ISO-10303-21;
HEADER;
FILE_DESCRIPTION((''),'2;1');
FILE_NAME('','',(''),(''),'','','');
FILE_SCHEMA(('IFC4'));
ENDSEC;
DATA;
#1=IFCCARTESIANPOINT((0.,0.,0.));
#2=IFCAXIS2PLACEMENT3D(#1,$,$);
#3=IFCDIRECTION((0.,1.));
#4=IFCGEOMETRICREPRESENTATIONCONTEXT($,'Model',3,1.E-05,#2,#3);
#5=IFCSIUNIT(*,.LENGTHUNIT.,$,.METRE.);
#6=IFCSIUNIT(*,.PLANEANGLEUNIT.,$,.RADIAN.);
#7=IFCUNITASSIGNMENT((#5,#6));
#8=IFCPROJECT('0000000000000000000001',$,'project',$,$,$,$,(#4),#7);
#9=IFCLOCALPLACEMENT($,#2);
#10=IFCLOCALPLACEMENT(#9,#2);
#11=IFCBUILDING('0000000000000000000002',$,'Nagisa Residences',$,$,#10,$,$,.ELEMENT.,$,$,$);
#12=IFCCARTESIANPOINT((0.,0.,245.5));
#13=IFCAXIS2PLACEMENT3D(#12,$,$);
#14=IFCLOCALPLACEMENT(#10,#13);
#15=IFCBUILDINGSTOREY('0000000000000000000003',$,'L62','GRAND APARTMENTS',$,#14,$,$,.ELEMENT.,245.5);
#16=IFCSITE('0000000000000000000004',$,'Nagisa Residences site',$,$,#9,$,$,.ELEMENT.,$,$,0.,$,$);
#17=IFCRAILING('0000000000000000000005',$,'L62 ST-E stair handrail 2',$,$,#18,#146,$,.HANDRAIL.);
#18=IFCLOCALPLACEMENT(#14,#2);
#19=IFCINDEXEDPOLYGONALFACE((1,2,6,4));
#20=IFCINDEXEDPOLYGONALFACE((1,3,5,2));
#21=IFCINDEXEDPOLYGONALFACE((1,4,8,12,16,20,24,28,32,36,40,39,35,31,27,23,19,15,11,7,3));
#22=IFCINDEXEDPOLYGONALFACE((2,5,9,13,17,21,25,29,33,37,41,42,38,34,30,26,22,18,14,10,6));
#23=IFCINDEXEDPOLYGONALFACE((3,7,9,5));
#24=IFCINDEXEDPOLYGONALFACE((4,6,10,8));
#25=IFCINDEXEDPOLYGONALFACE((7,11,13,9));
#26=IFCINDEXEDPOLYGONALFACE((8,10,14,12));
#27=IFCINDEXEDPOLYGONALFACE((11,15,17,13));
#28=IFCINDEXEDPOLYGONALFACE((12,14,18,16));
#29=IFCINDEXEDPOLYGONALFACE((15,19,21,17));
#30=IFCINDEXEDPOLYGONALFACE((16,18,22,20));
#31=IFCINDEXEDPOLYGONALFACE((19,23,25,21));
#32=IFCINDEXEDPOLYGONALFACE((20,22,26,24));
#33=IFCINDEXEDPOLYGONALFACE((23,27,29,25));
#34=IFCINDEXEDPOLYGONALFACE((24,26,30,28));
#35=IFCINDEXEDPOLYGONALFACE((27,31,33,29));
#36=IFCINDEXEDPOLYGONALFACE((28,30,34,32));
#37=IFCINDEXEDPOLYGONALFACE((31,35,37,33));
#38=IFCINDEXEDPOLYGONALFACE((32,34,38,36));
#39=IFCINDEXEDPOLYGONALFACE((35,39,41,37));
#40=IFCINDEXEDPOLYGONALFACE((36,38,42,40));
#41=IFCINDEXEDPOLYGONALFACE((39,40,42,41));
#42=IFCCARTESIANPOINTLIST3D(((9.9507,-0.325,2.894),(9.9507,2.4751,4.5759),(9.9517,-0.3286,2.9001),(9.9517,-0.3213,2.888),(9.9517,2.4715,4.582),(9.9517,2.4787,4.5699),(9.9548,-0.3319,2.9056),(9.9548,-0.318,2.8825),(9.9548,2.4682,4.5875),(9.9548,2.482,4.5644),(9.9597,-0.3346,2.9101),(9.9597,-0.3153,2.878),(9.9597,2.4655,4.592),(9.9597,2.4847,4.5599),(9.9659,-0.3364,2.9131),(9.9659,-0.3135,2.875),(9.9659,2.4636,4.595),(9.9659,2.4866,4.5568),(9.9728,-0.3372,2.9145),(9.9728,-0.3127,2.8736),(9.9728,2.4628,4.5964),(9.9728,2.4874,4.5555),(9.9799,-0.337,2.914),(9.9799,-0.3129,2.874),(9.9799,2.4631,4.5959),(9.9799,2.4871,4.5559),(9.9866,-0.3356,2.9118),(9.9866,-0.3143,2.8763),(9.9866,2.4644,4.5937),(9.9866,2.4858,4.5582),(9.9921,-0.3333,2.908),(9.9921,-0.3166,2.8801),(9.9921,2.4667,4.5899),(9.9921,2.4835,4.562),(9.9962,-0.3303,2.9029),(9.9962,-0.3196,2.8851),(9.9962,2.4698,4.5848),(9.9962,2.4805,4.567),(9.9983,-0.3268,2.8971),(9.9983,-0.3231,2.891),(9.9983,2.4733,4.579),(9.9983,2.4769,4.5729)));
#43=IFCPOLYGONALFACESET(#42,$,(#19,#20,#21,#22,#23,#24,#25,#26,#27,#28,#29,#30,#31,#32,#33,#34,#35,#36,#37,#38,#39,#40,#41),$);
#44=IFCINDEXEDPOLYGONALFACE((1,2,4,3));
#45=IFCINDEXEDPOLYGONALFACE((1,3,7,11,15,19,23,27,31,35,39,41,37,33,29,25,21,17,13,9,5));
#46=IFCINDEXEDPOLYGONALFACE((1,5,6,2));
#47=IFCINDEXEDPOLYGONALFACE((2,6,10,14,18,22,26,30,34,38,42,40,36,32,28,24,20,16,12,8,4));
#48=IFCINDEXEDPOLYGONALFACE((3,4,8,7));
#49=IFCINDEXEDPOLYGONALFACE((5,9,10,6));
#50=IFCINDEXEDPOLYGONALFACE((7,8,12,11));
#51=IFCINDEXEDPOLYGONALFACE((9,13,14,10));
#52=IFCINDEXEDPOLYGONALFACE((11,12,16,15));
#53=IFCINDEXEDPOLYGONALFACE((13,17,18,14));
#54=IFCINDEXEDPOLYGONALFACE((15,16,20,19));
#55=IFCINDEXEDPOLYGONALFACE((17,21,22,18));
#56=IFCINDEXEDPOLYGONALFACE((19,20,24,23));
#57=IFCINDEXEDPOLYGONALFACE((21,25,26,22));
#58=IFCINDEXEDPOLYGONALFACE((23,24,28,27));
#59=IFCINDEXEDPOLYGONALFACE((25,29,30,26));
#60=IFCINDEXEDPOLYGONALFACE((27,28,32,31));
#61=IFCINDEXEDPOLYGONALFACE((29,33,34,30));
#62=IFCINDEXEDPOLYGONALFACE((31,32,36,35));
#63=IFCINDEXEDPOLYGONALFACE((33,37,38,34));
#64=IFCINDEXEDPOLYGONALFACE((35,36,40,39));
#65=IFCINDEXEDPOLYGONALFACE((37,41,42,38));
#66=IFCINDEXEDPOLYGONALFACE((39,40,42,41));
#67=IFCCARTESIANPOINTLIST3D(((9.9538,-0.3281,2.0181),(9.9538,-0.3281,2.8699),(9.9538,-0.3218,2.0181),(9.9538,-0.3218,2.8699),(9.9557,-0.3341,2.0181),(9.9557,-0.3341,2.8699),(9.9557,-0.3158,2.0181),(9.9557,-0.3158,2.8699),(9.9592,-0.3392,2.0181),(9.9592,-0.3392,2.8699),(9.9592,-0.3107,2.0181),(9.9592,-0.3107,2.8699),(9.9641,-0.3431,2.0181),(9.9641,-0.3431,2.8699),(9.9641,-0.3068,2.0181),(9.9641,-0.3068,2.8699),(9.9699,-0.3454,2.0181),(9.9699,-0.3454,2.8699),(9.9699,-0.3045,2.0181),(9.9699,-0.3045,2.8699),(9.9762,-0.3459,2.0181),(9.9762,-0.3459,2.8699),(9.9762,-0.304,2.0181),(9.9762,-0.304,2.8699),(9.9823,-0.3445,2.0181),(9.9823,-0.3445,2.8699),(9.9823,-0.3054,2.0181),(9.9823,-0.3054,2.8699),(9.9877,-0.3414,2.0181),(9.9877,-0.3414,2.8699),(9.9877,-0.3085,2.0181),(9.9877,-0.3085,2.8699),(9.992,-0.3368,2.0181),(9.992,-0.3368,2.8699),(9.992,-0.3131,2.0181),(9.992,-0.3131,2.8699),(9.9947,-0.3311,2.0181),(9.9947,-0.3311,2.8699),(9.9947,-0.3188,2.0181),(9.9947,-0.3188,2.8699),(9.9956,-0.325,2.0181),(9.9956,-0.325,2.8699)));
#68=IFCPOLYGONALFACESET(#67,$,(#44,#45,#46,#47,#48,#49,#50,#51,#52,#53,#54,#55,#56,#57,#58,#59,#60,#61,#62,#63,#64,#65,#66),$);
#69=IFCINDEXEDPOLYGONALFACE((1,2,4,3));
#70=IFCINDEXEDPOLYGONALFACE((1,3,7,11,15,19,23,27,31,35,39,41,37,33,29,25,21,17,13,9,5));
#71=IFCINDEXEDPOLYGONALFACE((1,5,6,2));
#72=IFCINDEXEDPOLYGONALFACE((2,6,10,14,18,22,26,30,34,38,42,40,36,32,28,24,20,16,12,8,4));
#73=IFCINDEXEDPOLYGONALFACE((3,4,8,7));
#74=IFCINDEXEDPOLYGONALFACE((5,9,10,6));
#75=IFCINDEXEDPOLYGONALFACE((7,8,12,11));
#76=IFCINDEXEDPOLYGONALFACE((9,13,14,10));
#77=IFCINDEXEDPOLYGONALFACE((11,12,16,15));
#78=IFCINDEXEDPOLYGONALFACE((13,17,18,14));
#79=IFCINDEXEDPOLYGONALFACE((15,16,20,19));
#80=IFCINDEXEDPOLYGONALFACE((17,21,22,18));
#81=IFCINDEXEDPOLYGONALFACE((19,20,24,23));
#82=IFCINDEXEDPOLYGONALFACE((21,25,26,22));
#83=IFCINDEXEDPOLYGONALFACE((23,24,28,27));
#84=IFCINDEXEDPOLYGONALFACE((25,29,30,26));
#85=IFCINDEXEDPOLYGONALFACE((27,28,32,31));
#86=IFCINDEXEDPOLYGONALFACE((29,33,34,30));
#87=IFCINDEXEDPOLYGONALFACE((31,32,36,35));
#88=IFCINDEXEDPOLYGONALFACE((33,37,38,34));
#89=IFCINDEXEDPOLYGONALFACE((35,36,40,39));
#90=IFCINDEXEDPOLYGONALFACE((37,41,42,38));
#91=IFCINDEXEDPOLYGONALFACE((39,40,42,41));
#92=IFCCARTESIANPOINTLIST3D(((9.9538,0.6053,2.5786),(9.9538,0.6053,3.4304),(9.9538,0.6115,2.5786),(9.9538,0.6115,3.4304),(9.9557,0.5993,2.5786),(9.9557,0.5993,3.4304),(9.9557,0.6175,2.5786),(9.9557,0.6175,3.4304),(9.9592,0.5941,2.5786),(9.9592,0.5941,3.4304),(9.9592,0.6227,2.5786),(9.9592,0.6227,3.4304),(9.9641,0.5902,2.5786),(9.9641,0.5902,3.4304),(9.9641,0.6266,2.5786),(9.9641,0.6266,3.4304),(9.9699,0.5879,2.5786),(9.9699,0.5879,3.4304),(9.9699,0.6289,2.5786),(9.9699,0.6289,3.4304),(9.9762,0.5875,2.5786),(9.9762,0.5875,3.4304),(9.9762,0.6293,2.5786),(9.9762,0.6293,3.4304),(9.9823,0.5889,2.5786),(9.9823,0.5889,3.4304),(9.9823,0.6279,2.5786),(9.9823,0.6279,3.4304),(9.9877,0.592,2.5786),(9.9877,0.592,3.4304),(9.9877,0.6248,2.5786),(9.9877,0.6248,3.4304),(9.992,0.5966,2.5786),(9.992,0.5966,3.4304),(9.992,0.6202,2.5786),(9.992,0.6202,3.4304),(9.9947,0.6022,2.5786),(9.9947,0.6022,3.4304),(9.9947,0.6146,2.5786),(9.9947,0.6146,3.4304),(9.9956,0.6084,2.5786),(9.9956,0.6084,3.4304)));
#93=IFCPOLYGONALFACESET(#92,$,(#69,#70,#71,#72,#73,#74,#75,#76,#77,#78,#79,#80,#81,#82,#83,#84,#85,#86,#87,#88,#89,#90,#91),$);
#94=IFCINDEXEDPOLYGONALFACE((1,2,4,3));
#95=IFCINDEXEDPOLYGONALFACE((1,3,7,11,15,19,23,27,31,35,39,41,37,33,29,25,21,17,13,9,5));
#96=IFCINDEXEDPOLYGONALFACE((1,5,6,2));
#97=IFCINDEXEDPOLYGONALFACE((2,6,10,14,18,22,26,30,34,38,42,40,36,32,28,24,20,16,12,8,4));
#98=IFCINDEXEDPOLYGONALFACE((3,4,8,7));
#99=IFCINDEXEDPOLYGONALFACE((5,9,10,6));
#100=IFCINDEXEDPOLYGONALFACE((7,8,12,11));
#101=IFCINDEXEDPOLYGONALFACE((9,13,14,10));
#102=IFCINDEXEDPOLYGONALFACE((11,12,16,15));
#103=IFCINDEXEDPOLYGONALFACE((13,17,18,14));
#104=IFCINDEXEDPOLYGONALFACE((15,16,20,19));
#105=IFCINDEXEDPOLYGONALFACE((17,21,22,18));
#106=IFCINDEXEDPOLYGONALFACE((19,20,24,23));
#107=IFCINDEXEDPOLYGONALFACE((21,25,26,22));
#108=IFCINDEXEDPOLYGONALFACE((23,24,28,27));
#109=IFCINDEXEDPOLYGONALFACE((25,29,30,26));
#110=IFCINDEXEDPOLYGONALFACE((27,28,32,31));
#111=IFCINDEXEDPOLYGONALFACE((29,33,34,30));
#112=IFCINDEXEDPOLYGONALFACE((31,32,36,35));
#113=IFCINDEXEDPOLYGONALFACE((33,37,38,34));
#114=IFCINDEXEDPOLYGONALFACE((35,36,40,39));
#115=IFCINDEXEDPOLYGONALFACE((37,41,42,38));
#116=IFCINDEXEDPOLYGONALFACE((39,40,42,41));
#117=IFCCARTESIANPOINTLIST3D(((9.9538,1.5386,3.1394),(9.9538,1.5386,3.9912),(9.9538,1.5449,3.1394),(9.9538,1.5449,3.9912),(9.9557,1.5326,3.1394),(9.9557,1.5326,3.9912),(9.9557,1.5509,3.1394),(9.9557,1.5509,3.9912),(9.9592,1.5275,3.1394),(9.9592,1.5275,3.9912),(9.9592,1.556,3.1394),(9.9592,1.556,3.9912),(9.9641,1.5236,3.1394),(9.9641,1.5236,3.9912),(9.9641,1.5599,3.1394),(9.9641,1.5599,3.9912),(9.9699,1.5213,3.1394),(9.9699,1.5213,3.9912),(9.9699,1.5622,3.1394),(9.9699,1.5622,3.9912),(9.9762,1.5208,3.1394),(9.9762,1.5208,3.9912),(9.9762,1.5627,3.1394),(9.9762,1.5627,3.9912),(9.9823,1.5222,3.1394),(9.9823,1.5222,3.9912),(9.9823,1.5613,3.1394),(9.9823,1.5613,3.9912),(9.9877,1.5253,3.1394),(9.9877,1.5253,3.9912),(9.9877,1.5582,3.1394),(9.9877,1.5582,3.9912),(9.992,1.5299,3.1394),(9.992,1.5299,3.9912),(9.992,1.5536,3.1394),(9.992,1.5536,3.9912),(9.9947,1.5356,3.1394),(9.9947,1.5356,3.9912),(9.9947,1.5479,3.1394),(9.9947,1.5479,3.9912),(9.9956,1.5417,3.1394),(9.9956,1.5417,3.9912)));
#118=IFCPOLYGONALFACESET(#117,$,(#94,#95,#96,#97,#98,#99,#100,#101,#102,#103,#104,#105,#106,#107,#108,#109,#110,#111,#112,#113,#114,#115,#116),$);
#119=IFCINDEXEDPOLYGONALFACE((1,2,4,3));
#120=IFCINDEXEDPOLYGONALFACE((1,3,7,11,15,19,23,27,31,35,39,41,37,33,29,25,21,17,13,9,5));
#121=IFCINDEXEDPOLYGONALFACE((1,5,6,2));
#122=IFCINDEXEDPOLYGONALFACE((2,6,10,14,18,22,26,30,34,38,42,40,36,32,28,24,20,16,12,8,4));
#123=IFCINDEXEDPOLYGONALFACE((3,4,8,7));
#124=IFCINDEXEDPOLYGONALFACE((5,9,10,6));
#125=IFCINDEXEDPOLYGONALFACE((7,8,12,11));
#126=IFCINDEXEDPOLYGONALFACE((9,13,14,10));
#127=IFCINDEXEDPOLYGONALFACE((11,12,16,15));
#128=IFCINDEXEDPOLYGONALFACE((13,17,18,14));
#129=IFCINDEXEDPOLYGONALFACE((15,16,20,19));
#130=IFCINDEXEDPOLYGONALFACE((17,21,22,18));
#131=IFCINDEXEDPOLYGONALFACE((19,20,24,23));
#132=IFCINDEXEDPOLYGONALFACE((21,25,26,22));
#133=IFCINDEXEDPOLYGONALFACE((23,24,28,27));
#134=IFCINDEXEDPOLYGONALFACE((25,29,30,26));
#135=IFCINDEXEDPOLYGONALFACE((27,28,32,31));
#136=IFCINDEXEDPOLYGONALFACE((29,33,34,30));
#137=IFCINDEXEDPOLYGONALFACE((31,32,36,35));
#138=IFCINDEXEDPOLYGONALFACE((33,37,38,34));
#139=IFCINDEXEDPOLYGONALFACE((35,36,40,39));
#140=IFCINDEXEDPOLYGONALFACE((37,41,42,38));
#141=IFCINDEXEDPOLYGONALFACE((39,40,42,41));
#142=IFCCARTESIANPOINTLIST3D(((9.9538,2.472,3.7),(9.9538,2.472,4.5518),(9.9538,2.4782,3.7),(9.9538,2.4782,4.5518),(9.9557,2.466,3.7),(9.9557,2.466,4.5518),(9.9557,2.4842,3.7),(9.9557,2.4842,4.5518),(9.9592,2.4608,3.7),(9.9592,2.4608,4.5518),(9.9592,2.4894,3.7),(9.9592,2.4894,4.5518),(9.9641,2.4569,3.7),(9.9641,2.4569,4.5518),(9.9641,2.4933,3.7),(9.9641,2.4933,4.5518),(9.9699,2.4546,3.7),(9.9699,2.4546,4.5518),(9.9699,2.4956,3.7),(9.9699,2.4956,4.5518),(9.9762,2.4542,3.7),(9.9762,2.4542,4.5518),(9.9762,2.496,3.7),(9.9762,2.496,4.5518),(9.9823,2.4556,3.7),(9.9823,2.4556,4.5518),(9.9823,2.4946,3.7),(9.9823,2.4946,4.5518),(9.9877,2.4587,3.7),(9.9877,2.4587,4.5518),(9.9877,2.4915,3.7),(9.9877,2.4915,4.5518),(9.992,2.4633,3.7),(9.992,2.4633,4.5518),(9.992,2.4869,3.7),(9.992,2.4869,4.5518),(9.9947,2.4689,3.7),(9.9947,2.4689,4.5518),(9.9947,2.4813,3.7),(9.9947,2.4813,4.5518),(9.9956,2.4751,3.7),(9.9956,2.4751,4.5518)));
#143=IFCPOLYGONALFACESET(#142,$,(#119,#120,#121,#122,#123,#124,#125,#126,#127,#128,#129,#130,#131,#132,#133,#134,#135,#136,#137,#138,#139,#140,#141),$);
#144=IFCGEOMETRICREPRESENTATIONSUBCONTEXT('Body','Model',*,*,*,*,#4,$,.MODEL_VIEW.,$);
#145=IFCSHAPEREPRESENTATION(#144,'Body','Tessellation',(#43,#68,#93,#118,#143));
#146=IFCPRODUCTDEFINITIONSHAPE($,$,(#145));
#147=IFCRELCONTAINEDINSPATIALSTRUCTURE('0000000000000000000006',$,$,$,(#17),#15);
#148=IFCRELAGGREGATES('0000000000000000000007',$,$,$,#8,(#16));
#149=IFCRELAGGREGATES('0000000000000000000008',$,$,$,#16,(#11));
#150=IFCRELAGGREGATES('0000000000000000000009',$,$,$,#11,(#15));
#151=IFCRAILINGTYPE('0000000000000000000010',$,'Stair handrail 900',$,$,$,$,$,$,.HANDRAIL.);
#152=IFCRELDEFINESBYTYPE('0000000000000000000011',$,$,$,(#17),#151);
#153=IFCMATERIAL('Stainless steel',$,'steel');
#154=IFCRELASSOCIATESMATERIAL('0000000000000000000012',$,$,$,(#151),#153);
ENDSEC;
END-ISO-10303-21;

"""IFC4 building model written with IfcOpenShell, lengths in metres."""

from ifc_helpers import new_model, si_unit, direction, frame, origin, origin_2d, place, context, subcontext, project, spatial, circle, extrude, material, type_object, element, save


model = new_model("IFC4")

# Units and contexts
model_context = context("Model", 3, precision=1e-05, world=origin(), true_north=direction((0.0, 1.0)))
body_context = subcontext(model_context, "Body", "Model", "MODEL_VIEW")
ifc_project = project(units=[si_unit("LENGTHUNIT", "METRE"), si_unit("PLANEANGLEUNIT", "RADIAN")], contexts=[model_context])

# Site, building, storey
site_placement = place(None, origin())
site = spatial("IfcSite", under=ifc_project, at=site_placement, Name="Nagisa Residences site", CompositionType="ELEMENT", RefElevation=0.0)
building_placement = place(site_placement, origin())
building = spatial("IfcBuilding", under=site, at=building_placement, Name="Nagisa Residences", CompositionType="ELEMENT")
storey_placement = place(building_placement, frame((0.0, 0.0, 245.5)))
storey = spatial("IfcBuildingStorey", under=building, at=storey_placement, Name="L62", Description="GRAND APARTMENTS", CompositionType="ELEMENT", Elevation=245.5)

# Railing
ifc_material_1 = material(Name="Stainless steel", Category="steel")
railing_type_1 = type_object("IfcRailingType", Name="Stair handrail 900", PredefinedType="HANDRAIL", material=ifc_material_1)
railing_1_placement = place(storey_placement, frame((9.9746, -0.325, 2.0181)))
element("IfcRailing", 1, at=railing_1_placement, inside=storey, type_object=railing_type_1, Name="L62 ST-E stair handrail 2", PredefinedType="HANDRAIL", context=body_context, shape_type="SweptSolid", body=[
    extrude(circle(Radius=0.0239, at=origin_2d()), frame((0.0, 0.0, 0.876), z_axis=(0.0, 0.857242, 0.514913), x_axis=(-1.0, 0.0, 0.0)), (0.0, 0.0, 1.0), 3.2664),
    extrude(circle(Radius=0.021, at=origin_2d()), origin(), (0.0, 0.0, 1.0), 0.8518),
    extrude(circle(Radius=0.021, at=origin_2d()), frame((0.0, 0.9333, 0.5605)), (0.0, 0.0, 1.0), 0.8518),
    extrude(circle(Radius=0.021, at=origin_2d()), frame((0.0, 1.8667, 1.1213)), (0.0, 0.0, 1.0), 0.8518),
    extrude(circle(Radius=0.021, at=origin_2d()), frame((0.0, 2.8, 1.6819)), (0.0, 0.0, 1.0), 0.8518),
])

save(model, "model.ifc")
